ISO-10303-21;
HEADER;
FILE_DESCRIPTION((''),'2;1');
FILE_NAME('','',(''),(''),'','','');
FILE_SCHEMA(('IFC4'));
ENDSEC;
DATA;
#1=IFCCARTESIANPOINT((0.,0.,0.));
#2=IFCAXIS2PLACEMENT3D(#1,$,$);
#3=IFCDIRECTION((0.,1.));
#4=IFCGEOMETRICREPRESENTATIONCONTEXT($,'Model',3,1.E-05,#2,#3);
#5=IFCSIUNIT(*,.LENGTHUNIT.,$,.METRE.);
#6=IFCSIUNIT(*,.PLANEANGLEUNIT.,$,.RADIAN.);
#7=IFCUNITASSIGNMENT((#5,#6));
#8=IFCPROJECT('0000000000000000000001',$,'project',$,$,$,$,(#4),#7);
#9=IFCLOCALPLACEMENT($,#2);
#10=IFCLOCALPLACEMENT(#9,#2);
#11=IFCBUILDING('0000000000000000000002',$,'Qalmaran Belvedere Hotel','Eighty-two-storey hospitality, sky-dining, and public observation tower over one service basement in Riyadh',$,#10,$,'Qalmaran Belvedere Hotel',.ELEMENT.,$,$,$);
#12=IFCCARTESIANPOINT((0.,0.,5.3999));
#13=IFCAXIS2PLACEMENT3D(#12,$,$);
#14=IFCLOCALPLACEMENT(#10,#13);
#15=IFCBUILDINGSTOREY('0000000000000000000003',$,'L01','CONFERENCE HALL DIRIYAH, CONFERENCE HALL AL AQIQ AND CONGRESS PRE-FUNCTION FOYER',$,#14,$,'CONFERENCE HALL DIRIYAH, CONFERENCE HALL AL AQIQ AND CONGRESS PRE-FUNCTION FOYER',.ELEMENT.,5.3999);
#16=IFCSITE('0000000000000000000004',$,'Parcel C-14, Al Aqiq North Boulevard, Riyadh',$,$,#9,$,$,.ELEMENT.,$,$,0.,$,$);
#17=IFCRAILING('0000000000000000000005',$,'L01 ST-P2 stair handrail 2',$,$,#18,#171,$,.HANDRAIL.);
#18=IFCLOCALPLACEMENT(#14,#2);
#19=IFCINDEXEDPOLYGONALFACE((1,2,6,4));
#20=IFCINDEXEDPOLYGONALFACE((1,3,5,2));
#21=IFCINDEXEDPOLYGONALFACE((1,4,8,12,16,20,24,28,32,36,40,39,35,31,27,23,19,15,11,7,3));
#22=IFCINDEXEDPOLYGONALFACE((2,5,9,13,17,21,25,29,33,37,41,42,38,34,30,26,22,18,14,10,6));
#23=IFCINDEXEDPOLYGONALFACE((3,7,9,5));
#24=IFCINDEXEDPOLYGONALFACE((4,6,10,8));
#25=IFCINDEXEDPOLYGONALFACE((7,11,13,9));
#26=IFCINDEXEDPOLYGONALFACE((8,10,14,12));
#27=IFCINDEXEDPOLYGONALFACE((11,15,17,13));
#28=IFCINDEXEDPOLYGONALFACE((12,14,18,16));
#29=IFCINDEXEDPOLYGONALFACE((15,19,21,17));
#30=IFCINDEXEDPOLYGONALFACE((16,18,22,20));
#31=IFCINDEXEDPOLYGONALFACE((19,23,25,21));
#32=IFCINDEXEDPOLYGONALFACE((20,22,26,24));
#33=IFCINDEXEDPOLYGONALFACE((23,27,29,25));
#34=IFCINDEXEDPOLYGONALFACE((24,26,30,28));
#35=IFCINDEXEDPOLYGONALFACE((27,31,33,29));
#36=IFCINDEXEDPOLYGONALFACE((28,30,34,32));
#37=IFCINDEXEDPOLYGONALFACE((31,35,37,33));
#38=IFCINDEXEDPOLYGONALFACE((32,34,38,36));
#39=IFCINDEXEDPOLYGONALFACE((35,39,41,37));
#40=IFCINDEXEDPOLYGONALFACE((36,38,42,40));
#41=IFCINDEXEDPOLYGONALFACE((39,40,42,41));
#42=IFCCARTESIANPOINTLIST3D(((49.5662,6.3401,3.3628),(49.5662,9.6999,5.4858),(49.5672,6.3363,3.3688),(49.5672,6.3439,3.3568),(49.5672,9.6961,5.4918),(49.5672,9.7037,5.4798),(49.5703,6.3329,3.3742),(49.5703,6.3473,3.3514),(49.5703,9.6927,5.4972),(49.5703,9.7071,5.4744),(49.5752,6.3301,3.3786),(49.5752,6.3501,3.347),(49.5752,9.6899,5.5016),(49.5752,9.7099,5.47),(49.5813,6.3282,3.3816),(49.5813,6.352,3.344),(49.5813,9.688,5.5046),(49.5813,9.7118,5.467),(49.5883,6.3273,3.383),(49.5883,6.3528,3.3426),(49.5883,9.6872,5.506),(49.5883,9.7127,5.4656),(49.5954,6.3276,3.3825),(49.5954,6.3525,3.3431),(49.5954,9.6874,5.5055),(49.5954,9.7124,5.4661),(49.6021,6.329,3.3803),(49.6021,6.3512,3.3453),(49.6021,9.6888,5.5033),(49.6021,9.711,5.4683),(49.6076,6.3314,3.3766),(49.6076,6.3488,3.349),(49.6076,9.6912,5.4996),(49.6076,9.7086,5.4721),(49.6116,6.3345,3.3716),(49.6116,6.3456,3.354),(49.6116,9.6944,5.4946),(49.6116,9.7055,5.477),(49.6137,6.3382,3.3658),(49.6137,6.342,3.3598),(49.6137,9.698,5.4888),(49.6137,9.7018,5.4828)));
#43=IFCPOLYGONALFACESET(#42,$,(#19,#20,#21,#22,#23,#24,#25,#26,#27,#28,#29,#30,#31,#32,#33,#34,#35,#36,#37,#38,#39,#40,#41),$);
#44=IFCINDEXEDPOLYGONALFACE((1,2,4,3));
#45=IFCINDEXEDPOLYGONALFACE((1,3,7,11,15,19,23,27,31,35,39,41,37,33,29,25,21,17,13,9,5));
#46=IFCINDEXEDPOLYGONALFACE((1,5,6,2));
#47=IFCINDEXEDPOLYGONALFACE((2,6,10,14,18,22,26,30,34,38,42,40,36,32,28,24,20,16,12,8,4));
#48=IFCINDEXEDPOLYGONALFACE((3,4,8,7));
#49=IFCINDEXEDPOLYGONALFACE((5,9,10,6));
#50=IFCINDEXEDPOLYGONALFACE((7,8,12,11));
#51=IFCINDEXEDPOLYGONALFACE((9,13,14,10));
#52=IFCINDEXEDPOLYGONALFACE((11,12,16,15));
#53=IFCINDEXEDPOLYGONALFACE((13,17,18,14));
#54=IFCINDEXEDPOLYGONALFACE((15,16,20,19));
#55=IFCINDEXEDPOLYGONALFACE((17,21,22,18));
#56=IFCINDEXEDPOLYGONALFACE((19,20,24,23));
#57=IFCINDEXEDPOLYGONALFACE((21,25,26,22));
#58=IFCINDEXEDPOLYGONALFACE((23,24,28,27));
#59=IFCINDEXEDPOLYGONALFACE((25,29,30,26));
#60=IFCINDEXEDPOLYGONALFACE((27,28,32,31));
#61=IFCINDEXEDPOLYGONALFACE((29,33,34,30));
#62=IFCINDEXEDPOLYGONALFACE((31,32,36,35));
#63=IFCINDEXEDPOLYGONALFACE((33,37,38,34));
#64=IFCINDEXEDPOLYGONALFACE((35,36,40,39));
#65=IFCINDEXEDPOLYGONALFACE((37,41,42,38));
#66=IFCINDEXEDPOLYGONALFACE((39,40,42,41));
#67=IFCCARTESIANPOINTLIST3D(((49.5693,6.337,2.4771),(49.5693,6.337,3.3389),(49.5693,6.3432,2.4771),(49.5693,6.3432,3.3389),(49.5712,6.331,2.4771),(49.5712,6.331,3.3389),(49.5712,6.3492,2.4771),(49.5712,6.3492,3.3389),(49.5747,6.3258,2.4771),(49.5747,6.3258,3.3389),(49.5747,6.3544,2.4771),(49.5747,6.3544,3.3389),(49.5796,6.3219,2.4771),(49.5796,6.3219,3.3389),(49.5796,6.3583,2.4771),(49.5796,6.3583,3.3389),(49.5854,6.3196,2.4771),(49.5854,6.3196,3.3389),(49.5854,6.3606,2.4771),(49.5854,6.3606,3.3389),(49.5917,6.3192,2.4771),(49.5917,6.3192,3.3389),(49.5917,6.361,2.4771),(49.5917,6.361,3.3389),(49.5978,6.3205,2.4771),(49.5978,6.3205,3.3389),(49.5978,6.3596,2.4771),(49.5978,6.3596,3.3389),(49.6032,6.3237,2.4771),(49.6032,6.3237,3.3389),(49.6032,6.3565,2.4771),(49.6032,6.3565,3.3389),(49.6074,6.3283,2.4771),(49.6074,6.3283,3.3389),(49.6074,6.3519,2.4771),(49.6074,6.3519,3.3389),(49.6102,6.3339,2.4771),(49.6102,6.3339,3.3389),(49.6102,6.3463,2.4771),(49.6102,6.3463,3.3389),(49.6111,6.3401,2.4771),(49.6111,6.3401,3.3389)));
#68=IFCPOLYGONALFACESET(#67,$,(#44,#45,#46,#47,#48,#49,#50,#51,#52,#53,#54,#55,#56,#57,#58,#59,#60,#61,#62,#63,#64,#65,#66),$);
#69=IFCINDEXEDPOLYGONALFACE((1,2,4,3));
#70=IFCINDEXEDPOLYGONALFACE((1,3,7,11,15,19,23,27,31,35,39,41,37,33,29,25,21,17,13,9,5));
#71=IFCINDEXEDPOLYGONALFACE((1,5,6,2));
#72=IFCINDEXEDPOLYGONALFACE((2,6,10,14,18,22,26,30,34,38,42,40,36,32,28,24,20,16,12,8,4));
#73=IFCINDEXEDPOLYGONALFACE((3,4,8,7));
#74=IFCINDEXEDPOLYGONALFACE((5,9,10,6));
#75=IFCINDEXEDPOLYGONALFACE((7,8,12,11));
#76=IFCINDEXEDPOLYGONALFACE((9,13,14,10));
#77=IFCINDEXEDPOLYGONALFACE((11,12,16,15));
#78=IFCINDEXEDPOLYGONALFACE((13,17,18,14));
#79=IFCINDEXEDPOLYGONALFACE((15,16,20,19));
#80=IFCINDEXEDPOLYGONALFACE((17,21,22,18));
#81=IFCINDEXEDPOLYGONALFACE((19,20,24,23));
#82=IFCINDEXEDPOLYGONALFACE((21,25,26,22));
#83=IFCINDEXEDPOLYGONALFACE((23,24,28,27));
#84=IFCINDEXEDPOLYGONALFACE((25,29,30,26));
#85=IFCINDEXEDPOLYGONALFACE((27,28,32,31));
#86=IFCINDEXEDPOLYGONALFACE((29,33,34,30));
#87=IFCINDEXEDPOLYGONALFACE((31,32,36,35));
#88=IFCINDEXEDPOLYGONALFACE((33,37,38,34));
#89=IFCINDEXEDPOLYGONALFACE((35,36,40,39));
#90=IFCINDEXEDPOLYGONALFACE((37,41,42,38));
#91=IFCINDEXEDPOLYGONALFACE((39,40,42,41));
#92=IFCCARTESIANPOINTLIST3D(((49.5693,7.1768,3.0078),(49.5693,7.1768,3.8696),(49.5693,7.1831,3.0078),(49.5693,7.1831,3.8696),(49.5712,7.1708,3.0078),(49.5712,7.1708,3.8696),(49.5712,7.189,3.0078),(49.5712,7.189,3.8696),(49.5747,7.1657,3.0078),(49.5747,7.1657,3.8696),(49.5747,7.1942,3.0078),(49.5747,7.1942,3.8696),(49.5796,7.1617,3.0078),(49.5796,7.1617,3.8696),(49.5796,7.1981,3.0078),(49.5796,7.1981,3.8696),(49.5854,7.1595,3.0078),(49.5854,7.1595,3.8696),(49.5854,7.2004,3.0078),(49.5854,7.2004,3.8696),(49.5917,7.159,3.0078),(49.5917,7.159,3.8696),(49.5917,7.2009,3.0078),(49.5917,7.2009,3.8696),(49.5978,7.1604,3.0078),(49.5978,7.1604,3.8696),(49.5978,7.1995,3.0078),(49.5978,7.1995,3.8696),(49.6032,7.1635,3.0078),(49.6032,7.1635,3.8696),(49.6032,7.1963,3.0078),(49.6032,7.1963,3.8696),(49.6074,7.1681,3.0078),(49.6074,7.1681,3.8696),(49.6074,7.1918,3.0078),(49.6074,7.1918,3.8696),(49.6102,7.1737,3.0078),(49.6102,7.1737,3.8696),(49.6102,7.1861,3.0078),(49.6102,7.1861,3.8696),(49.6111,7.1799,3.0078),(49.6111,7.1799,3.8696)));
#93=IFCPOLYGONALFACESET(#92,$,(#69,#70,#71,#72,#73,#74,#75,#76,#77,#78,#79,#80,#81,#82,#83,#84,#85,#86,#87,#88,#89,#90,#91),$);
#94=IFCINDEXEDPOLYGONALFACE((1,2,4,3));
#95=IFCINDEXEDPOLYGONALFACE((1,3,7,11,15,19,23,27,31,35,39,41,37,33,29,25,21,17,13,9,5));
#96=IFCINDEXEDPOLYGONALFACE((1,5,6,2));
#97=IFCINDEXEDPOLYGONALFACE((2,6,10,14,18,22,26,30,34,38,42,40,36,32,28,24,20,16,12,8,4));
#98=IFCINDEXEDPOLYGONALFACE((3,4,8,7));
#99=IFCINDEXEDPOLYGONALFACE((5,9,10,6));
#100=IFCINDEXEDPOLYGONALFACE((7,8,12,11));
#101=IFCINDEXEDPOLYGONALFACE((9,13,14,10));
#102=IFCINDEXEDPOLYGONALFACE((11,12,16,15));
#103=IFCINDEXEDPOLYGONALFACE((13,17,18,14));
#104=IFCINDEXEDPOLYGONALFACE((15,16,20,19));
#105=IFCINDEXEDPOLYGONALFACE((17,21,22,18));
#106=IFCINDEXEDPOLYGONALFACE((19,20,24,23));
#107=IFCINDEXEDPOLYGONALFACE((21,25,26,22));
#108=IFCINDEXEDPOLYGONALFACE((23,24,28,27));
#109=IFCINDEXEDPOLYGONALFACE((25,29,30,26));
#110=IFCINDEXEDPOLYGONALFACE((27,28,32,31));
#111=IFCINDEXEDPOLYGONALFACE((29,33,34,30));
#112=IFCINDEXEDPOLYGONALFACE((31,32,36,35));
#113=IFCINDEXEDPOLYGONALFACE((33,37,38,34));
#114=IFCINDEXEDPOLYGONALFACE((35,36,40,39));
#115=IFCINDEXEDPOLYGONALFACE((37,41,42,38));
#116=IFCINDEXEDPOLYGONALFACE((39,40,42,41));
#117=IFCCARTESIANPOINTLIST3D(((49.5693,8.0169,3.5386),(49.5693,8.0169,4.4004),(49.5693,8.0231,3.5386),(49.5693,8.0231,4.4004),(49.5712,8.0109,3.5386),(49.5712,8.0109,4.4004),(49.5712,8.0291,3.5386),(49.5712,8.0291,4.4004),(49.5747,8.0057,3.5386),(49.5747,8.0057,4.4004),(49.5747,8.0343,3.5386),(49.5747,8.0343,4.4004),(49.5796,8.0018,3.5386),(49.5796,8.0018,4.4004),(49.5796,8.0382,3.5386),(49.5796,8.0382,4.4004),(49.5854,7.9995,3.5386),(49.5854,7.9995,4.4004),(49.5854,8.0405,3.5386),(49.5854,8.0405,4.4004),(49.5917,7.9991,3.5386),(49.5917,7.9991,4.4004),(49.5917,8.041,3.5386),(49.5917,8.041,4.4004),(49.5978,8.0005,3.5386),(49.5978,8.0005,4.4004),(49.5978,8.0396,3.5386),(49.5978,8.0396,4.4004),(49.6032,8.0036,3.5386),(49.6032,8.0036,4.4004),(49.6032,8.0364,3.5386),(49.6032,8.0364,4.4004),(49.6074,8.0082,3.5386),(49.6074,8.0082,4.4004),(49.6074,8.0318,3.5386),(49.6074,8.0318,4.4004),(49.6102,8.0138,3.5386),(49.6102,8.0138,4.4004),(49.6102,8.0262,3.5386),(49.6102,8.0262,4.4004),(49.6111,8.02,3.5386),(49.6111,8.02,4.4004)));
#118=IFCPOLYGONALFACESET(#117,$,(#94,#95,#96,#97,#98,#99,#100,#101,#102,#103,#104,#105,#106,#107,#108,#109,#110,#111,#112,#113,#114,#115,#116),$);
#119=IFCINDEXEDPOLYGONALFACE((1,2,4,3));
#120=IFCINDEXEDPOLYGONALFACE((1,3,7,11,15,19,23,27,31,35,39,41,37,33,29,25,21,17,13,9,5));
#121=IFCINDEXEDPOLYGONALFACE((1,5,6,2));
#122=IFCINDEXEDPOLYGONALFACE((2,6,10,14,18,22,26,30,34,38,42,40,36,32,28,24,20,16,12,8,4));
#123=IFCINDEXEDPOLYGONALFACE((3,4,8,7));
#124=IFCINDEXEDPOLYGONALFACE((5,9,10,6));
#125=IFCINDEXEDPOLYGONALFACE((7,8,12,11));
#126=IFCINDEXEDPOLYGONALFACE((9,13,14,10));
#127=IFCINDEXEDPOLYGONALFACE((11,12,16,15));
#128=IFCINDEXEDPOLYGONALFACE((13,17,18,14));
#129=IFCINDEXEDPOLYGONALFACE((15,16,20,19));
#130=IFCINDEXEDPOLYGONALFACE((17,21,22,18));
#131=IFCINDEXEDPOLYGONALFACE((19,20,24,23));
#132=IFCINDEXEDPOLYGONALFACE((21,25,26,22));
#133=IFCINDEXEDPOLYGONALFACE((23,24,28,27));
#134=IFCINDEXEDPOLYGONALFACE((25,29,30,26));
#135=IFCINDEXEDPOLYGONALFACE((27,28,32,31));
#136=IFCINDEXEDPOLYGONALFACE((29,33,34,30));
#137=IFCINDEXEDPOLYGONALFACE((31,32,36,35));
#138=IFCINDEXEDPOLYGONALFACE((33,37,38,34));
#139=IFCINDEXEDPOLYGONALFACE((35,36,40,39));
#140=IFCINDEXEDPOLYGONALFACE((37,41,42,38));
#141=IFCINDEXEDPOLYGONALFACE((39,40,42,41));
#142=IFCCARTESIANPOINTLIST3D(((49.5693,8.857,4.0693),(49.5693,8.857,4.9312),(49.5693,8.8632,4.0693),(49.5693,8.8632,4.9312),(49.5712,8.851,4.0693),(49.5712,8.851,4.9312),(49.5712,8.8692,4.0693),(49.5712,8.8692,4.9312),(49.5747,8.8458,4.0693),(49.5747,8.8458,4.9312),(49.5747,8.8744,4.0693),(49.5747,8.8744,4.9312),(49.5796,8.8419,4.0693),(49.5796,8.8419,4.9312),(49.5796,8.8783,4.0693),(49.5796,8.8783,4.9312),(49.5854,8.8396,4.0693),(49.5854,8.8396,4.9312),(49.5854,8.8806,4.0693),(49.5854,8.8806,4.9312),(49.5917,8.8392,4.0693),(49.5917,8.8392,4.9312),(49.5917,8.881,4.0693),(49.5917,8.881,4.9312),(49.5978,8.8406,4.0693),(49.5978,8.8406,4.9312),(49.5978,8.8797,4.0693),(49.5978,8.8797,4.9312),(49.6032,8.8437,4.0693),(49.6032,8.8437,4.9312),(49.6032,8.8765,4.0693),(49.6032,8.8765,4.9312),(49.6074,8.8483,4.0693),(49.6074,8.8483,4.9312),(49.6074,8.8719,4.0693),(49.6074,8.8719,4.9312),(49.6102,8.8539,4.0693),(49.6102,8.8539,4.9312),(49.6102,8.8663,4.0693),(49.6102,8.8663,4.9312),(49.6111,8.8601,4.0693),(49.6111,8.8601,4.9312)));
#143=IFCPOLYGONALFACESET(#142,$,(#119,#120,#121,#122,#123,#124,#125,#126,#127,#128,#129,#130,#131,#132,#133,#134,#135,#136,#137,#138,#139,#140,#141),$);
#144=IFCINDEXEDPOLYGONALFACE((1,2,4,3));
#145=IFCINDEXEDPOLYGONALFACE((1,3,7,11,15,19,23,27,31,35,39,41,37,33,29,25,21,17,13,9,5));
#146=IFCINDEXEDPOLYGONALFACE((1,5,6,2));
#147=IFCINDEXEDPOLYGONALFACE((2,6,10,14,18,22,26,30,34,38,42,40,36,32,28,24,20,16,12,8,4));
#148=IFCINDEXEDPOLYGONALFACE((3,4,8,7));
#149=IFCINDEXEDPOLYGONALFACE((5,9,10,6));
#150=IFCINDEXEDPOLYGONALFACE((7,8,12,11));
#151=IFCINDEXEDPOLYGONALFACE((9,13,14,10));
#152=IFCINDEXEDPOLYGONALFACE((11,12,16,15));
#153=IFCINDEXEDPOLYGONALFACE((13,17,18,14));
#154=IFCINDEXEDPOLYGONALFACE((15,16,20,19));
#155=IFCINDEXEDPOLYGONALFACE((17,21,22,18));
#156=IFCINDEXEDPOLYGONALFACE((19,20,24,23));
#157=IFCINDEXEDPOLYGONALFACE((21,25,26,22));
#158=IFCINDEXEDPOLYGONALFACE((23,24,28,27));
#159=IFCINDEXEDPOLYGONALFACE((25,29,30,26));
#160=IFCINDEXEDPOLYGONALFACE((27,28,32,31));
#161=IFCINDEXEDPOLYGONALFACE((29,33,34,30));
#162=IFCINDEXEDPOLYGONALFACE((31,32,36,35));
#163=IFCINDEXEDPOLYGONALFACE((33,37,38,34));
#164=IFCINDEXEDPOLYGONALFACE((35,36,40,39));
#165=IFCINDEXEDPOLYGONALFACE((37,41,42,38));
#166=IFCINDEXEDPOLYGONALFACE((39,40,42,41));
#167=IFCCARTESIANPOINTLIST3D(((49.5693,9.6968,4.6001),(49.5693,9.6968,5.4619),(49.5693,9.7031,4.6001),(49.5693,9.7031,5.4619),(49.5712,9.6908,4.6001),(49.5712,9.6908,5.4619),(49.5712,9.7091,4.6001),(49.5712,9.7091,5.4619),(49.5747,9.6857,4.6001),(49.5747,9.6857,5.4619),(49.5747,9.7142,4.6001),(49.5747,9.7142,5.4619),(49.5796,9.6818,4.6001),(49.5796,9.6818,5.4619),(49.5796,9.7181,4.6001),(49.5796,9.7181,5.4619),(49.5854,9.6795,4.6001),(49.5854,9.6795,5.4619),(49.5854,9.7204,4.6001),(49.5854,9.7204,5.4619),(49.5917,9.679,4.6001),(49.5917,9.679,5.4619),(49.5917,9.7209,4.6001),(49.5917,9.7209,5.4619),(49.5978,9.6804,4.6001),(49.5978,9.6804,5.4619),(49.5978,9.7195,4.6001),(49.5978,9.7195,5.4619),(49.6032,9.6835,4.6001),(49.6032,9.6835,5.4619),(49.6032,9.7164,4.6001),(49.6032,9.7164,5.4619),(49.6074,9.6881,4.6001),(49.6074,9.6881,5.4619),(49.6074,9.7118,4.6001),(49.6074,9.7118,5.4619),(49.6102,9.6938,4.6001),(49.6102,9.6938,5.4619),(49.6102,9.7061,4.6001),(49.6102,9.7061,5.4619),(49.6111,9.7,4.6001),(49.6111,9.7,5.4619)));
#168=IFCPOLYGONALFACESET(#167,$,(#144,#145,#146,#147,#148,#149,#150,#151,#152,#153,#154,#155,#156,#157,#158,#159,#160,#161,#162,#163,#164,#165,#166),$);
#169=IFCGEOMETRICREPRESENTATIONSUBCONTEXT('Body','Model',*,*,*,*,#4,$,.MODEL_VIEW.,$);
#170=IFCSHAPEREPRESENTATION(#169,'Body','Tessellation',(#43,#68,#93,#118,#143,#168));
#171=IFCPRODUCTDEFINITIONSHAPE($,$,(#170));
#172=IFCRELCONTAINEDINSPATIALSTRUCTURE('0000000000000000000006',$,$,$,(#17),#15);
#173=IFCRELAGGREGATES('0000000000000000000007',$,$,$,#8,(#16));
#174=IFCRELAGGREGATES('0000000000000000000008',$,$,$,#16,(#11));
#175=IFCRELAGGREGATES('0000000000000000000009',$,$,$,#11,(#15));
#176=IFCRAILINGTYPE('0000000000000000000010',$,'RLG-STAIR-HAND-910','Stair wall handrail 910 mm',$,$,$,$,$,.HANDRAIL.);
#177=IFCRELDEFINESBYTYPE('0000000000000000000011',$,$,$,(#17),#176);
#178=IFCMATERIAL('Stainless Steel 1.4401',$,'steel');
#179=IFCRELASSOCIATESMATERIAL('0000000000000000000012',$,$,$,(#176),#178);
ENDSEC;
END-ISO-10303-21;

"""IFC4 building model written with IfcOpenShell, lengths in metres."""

from ifc_helpers import new_model, si_unit, direction, frame, origin, origin_2d, place, context, subcontext, project, spatial, circle, extrude, material, type_object, element, save


model = new_model("IFC4")

# Units and contexts
model_context = context("Model", 3, precision=1e-05, world=origin(), true_north=direction((0.0, 1.0)))
body_context = subcontext(model_context, "Body", "Model", "MODEL_VIEW")
ifc_project = project(units=[si_unit("LENGTHUNIT", "METRE"), si_unit("PLANEANGLEUNIT", "RADIAN")], contexts=[model_context])

# Site, building, storey
site_placement = place(None, origin())
site = spatial("IfcSite", under=ifc_project, at=site_placement, Name="Parcel C-14, Al Aqiq North Boulevard, Riyadh", CompositionType="ELEMENT", RefElevation=0.0)
building_placement = place(site_placement, origin())
building = spatial("IfcBuilding", under=site, at=building_placement, Name="Qalmaran Belvedere Hotel", Description="Eighty-two-storey hospitality, sky-dining, and public observation tower over one service basement in Riyadh", LongName="Qalmaran Belvedere Hotel", CompositionType="ELEMENT")
storey_placement = place(building_placement, frame((0.0, 0.0, 5.3999)))
storey = spatial("IfcBuildingStorey", under=building, at=storey_placement, Name="L01", Description="CONFERENCE HALL DIRIYAH, CONFERENCE HALL AL AQIQ AND CONGRESS PRE-FUNCTION FOYER", LongName="CONFERENCE HALL DIRIYAH, CONFERENCE HALL AL AQIQ AND CONGRESS PRE-FUNCTION FOYER", CompositionType="ELEMENT", Elevation=5.3999)

# Railing
ifc_material_1 = material(Name="Stainless Steel 1.4401", Category="steel")
railing_type_1 = type_object("IfcRailingType", Name="RLG-STAIR-HAND-910", Description="Stair wall handrail 910 mm", PredefinedType="HANDRAIL", material=ifc_material_1)
railing_1_placement = place(storey_placement, frame((49.5901, 6.3401, 2.4771)))
element("IfcRailing", 1, at=railing_1_placement, inside=storey, type_object=railing_type_1, Name="L01 ST-P2 stair handrail 2", PredefinedType="HANDRAIL", context=body_context, shape_type="SweptSolid", body=[
    extrude(circle(Radius=0.0239, at=origin_2d()), frame((0.0, 0.0, 0.8857), z_axis=(0.0, 0.845372, 0.534178), x_axis=(-1.0, 0.0, 0.0)), (0.0, 0.0, 1.0), 3.9744),
    extrude(circle(Radius=0.021, at=origin_2d()), origin(), (0.0, 0.0, 1.0), 0.8618),
    extrude(circle(Radius=0.021, at=origin_2d()), frame((0.0, 0.8398, 0.5308)), (0.0, 0.0, 1.0), 0.8618),
    extrude(circle(Radius=0.021, at=origin_2d()), frame((0.0, 1.6799, 1.0615)), (0.0, 0.0, 1.0), 0.8618),
    extrude(circle(Radius=0.021, at=origin_2d()), frame((0.0, 2.52, 1.5923)), (0.0, 0.0, 1.0), 0.8618),
    extrude(circle(Radius=0.021, at=origin_2d()), frame((0.0, 3.3599, 2.123)), (0.0, 0.0, 1.0), 0.8618),
])

save(model, "model.ifc")
